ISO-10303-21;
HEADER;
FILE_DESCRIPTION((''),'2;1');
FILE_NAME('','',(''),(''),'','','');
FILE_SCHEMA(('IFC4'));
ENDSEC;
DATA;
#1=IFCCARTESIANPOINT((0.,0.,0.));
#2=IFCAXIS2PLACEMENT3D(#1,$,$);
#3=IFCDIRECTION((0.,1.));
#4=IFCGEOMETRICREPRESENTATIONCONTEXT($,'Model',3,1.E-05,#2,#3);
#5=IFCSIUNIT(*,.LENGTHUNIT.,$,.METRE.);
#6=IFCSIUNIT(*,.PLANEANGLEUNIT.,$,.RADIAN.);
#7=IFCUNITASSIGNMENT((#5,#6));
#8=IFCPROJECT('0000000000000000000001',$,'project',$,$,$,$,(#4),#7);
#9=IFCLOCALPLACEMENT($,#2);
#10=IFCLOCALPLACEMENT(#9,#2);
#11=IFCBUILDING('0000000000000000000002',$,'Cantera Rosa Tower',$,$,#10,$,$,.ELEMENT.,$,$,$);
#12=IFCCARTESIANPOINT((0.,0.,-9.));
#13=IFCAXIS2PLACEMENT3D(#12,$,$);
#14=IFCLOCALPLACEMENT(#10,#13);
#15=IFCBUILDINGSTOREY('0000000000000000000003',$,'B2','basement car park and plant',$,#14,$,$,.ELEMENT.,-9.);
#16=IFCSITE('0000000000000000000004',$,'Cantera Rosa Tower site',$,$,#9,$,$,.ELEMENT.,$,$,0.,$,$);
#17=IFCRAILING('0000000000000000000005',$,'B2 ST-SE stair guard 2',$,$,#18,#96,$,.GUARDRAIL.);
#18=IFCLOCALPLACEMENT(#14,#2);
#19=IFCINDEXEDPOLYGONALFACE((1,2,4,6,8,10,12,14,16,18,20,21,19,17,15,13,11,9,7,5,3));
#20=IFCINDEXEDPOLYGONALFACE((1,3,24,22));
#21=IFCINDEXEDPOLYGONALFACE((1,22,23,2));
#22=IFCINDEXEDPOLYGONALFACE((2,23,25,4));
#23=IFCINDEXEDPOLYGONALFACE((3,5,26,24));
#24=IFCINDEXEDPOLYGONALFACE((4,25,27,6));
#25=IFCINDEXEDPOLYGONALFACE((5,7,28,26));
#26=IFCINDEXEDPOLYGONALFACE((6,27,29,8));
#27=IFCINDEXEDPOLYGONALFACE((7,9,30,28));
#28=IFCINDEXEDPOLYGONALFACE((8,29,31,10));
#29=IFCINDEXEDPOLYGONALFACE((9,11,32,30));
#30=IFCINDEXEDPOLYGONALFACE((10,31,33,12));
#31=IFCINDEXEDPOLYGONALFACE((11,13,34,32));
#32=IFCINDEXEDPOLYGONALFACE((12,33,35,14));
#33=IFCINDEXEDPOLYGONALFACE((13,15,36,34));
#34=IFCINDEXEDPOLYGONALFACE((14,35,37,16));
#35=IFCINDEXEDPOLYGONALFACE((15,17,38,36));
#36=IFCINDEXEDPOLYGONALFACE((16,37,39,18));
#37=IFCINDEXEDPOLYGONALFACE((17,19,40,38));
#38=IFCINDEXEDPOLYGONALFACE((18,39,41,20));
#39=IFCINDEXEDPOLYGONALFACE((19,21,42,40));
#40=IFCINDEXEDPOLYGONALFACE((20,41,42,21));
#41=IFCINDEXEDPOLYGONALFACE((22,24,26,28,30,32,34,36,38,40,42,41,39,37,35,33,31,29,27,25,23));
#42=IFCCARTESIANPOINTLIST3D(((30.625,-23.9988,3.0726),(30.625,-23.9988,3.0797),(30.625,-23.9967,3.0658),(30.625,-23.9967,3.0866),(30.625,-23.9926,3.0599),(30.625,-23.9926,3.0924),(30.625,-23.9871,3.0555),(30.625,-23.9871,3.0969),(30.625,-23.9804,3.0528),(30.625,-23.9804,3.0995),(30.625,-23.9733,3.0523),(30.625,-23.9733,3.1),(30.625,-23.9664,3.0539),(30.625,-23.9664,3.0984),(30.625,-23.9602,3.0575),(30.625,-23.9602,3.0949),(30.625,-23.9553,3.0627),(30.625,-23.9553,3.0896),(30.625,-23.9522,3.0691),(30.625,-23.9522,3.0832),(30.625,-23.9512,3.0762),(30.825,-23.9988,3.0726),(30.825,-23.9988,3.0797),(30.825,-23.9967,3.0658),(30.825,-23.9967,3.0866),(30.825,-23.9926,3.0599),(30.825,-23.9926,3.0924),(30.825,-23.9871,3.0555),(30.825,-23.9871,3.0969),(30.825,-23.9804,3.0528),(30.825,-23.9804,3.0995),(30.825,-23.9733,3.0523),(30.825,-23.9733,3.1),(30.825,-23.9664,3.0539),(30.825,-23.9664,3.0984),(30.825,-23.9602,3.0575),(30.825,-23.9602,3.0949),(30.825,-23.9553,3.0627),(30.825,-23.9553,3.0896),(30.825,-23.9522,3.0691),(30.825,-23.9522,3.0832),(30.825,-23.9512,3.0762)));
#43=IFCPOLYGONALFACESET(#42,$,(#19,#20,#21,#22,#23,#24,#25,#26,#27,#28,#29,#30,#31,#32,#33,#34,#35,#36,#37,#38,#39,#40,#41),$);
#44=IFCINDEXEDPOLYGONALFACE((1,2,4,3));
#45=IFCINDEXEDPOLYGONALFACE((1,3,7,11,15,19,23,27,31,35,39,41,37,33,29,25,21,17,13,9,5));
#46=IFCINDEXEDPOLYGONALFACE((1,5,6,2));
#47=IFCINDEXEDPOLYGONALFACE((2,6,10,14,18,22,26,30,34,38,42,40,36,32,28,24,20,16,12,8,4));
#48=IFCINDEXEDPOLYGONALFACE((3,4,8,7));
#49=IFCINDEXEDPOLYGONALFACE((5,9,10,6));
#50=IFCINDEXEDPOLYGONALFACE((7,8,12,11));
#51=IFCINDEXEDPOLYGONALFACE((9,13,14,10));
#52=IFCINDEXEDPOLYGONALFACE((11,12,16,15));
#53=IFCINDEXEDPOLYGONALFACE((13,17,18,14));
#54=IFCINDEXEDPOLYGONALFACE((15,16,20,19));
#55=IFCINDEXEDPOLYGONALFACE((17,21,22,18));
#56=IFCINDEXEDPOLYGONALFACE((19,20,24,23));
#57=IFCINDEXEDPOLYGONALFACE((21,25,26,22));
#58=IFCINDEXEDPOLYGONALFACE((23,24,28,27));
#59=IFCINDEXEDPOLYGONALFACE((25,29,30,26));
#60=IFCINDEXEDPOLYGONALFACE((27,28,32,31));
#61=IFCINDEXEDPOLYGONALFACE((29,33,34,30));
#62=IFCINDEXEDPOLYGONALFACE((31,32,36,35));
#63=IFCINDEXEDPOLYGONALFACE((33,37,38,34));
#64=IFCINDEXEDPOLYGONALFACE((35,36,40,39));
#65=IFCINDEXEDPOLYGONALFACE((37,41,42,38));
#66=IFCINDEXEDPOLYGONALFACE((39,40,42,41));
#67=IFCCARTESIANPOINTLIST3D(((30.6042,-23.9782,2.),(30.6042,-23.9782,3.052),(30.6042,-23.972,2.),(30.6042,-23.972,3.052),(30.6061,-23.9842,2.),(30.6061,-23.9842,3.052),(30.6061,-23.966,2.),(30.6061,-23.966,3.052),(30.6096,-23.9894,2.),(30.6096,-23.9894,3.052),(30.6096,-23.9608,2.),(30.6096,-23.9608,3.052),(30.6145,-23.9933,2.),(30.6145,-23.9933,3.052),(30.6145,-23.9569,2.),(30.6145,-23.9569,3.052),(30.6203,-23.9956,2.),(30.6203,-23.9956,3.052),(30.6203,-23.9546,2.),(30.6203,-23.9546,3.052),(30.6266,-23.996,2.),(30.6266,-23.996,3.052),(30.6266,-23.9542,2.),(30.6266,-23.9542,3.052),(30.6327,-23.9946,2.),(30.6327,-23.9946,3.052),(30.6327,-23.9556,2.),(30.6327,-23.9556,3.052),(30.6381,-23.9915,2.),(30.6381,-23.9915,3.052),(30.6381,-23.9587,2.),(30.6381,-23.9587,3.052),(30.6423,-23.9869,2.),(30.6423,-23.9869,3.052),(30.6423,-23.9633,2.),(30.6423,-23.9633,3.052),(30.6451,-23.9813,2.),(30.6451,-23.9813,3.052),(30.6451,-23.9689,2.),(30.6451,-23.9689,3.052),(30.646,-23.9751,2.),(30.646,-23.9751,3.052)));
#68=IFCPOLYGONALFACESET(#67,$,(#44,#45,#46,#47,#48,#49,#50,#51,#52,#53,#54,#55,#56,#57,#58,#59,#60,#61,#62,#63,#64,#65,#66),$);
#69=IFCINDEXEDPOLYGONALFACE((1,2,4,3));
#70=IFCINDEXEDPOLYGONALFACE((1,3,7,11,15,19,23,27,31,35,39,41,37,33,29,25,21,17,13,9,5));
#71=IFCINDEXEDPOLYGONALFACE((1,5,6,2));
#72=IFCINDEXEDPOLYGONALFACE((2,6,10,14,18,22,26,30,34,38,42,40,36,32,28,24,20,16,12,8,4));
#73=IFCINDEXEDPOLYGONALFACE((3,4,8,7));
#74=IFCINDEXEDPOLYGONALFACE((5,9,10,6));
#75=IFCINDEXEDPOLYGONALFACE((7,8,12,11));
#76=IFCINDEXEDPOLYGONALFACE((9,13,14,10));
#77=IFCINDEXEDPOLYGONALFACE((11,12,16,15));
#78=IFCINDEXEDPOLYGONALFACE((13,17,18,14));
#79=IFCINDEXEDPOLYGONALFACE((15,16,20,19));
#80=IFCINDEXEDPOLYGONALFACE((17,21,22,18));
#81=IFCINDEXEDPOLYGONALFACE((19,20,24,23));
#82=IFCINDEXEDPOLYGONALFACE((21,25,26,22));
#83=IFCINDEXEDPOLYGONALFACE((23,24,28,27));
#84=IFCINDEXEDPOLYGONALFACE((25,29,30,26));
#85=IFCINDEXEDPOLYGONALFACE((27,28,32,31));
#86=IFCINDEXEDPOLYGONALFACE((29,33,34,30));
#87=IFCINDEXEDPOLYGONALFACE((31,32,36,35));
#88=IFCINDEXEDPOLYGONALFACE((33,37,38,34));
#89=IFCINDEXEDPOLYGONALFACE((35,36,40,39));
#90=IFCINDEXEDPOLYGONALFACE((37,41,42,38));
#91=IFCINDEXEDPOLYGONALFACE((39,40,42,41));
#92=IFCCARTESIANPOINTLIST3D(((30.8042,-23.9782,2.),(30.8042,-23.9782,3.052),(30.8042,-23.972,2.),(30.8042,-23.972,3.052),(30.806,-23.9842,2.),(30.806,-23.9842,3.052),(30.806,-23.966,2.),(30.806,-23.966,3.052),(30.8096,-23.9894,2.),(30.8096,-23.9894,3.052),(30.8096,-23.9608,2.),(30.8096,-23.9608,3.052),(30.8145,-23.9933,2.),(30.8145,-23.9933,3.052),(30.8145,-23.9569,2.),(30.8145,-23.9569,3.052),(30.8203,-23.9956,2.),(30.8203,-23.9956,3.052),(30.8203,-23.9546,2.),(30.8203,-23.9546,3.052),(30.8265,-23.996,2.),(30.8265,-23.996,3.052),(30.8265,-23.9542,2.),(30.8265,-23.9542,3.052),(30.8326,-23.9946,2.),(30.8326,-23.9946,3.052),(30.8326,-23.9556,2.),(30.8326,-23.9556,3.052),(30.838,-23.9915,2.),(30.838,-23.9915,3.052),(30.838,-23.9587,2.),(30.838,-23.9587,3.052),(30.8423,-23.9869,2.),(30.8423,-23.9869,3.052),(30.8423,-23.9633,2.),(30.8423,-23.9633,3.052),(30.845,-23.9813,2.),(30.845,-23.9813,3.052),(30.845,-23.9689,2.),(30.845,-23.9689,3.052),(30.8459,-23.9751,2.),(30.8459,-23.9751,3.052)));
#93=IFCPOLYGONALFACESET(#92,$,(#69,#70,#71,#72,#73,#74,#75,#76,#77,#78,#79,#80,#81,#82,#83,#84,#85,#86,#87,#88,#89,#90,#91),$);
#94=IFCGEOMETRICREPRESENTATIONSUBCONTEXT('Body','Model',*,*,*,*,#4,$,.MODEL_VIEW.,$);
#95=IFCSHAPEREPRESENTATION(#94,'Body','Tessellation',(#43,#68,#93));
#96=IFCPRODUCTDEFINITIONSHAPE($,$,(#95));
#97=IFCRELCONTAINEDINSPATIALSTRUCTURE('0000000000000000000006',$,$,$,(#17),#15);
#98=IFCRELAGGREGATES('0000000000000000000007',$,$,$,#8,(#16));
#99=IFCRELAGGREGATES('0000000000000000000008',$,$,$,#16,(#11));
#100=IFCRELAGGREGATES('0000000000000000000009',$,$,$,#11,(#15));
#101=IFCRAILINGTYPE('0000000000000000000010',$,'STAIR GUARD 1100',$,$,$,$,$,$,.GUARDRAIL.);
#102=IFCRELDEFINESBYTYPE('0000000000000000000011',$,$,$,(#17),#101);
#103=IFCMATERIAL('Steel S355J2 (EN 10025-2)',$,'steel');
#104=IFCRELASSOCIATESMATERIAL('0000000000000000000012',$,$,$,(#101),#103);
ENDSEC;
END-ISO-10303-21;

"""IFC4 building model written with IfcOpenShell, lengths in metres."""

from ifc_helpers import new_model, si_unit, direction, frame, origin, origin_2d, place, context, subcontext, project, spatial, circle, extrude, material, type_object, element, save


model = new_model("IFC4")

# Units and contexts
model_context = context("Model", 3, precision=1e-05, world=origin(), true_north=direction((0.0, 1.0)))
body_context = subcontext(model_context, "Body", "Model", "MODEL_VIEW")
ifc_project = project(units=[si_unit("LENGTHUNIT", "METRE"), si_unit("PLANEANGLEUNIT", "RADIAN")], contexts=[model_context])

# Site, building, storey
site_placement = place(None, origin())
site = spatial("IfcSite", under=ifc_project, at=site_placement, Name="Cantera Rosa Tower site", CompositionType="ELEMENT", RefElevation=0.0)
building_placement = place(site_placement, origin())
building = spatial("IfcBuilding", under=site, at=building_placement, Name="Cantera Rosa Tower", CompositionType="ELEMENT")
storey_placement = place(building_placement, frame((0.0, 0.0, -9.0)))
storey = spatial("IfcBuildingStorey", under=building, at=storey_placement, Name="B2", Description="basement car park and plant", CompositionType="ELEMENT", Elevation=-9.0)

# Railing
ifc_material_1 = material(Name="Steel S355J2 (EN 10025-2)", Category="steel")
railing_type_1 = type_object("IfcRailingType", Name="STAIR GUARD 1100", PredefinedType="GUARDRAIL", material=ifc_material_1)
railing_1_placement = place(storey_placement, frame((30.625, -23.9751, 2.0)))
element("IfcRailing", 1, at=railing_1_placement, inside=storey, type_object=railing_type_1, Name="B2 ST-SE stair guard 2", PredefinedType="GUARDRAIL", context=body_context, shape_type="SweptSolid", body=[
    extrude(circle(Radius=0.0239, at=origin_2d()), frame((0.0, 0.0, 1.0762), z_axis=(1.0, 0.0, 0.0), x_axis=(0.0, 1.0, 0.0)), (0.0, 0.0, 1.0), 0.2),
    extrude(circle(Radius=0.021, at=origin_2d()), origin(), (0.0, 0.0, 1.0), 1.052),
    extrude(circle(Radius=0.021, at=origin_2d()), frame((0.2, 0.0, 0.0)), (0.0, 0.0, 1.0), 1.052),
])

save(model, "model.ifc")
